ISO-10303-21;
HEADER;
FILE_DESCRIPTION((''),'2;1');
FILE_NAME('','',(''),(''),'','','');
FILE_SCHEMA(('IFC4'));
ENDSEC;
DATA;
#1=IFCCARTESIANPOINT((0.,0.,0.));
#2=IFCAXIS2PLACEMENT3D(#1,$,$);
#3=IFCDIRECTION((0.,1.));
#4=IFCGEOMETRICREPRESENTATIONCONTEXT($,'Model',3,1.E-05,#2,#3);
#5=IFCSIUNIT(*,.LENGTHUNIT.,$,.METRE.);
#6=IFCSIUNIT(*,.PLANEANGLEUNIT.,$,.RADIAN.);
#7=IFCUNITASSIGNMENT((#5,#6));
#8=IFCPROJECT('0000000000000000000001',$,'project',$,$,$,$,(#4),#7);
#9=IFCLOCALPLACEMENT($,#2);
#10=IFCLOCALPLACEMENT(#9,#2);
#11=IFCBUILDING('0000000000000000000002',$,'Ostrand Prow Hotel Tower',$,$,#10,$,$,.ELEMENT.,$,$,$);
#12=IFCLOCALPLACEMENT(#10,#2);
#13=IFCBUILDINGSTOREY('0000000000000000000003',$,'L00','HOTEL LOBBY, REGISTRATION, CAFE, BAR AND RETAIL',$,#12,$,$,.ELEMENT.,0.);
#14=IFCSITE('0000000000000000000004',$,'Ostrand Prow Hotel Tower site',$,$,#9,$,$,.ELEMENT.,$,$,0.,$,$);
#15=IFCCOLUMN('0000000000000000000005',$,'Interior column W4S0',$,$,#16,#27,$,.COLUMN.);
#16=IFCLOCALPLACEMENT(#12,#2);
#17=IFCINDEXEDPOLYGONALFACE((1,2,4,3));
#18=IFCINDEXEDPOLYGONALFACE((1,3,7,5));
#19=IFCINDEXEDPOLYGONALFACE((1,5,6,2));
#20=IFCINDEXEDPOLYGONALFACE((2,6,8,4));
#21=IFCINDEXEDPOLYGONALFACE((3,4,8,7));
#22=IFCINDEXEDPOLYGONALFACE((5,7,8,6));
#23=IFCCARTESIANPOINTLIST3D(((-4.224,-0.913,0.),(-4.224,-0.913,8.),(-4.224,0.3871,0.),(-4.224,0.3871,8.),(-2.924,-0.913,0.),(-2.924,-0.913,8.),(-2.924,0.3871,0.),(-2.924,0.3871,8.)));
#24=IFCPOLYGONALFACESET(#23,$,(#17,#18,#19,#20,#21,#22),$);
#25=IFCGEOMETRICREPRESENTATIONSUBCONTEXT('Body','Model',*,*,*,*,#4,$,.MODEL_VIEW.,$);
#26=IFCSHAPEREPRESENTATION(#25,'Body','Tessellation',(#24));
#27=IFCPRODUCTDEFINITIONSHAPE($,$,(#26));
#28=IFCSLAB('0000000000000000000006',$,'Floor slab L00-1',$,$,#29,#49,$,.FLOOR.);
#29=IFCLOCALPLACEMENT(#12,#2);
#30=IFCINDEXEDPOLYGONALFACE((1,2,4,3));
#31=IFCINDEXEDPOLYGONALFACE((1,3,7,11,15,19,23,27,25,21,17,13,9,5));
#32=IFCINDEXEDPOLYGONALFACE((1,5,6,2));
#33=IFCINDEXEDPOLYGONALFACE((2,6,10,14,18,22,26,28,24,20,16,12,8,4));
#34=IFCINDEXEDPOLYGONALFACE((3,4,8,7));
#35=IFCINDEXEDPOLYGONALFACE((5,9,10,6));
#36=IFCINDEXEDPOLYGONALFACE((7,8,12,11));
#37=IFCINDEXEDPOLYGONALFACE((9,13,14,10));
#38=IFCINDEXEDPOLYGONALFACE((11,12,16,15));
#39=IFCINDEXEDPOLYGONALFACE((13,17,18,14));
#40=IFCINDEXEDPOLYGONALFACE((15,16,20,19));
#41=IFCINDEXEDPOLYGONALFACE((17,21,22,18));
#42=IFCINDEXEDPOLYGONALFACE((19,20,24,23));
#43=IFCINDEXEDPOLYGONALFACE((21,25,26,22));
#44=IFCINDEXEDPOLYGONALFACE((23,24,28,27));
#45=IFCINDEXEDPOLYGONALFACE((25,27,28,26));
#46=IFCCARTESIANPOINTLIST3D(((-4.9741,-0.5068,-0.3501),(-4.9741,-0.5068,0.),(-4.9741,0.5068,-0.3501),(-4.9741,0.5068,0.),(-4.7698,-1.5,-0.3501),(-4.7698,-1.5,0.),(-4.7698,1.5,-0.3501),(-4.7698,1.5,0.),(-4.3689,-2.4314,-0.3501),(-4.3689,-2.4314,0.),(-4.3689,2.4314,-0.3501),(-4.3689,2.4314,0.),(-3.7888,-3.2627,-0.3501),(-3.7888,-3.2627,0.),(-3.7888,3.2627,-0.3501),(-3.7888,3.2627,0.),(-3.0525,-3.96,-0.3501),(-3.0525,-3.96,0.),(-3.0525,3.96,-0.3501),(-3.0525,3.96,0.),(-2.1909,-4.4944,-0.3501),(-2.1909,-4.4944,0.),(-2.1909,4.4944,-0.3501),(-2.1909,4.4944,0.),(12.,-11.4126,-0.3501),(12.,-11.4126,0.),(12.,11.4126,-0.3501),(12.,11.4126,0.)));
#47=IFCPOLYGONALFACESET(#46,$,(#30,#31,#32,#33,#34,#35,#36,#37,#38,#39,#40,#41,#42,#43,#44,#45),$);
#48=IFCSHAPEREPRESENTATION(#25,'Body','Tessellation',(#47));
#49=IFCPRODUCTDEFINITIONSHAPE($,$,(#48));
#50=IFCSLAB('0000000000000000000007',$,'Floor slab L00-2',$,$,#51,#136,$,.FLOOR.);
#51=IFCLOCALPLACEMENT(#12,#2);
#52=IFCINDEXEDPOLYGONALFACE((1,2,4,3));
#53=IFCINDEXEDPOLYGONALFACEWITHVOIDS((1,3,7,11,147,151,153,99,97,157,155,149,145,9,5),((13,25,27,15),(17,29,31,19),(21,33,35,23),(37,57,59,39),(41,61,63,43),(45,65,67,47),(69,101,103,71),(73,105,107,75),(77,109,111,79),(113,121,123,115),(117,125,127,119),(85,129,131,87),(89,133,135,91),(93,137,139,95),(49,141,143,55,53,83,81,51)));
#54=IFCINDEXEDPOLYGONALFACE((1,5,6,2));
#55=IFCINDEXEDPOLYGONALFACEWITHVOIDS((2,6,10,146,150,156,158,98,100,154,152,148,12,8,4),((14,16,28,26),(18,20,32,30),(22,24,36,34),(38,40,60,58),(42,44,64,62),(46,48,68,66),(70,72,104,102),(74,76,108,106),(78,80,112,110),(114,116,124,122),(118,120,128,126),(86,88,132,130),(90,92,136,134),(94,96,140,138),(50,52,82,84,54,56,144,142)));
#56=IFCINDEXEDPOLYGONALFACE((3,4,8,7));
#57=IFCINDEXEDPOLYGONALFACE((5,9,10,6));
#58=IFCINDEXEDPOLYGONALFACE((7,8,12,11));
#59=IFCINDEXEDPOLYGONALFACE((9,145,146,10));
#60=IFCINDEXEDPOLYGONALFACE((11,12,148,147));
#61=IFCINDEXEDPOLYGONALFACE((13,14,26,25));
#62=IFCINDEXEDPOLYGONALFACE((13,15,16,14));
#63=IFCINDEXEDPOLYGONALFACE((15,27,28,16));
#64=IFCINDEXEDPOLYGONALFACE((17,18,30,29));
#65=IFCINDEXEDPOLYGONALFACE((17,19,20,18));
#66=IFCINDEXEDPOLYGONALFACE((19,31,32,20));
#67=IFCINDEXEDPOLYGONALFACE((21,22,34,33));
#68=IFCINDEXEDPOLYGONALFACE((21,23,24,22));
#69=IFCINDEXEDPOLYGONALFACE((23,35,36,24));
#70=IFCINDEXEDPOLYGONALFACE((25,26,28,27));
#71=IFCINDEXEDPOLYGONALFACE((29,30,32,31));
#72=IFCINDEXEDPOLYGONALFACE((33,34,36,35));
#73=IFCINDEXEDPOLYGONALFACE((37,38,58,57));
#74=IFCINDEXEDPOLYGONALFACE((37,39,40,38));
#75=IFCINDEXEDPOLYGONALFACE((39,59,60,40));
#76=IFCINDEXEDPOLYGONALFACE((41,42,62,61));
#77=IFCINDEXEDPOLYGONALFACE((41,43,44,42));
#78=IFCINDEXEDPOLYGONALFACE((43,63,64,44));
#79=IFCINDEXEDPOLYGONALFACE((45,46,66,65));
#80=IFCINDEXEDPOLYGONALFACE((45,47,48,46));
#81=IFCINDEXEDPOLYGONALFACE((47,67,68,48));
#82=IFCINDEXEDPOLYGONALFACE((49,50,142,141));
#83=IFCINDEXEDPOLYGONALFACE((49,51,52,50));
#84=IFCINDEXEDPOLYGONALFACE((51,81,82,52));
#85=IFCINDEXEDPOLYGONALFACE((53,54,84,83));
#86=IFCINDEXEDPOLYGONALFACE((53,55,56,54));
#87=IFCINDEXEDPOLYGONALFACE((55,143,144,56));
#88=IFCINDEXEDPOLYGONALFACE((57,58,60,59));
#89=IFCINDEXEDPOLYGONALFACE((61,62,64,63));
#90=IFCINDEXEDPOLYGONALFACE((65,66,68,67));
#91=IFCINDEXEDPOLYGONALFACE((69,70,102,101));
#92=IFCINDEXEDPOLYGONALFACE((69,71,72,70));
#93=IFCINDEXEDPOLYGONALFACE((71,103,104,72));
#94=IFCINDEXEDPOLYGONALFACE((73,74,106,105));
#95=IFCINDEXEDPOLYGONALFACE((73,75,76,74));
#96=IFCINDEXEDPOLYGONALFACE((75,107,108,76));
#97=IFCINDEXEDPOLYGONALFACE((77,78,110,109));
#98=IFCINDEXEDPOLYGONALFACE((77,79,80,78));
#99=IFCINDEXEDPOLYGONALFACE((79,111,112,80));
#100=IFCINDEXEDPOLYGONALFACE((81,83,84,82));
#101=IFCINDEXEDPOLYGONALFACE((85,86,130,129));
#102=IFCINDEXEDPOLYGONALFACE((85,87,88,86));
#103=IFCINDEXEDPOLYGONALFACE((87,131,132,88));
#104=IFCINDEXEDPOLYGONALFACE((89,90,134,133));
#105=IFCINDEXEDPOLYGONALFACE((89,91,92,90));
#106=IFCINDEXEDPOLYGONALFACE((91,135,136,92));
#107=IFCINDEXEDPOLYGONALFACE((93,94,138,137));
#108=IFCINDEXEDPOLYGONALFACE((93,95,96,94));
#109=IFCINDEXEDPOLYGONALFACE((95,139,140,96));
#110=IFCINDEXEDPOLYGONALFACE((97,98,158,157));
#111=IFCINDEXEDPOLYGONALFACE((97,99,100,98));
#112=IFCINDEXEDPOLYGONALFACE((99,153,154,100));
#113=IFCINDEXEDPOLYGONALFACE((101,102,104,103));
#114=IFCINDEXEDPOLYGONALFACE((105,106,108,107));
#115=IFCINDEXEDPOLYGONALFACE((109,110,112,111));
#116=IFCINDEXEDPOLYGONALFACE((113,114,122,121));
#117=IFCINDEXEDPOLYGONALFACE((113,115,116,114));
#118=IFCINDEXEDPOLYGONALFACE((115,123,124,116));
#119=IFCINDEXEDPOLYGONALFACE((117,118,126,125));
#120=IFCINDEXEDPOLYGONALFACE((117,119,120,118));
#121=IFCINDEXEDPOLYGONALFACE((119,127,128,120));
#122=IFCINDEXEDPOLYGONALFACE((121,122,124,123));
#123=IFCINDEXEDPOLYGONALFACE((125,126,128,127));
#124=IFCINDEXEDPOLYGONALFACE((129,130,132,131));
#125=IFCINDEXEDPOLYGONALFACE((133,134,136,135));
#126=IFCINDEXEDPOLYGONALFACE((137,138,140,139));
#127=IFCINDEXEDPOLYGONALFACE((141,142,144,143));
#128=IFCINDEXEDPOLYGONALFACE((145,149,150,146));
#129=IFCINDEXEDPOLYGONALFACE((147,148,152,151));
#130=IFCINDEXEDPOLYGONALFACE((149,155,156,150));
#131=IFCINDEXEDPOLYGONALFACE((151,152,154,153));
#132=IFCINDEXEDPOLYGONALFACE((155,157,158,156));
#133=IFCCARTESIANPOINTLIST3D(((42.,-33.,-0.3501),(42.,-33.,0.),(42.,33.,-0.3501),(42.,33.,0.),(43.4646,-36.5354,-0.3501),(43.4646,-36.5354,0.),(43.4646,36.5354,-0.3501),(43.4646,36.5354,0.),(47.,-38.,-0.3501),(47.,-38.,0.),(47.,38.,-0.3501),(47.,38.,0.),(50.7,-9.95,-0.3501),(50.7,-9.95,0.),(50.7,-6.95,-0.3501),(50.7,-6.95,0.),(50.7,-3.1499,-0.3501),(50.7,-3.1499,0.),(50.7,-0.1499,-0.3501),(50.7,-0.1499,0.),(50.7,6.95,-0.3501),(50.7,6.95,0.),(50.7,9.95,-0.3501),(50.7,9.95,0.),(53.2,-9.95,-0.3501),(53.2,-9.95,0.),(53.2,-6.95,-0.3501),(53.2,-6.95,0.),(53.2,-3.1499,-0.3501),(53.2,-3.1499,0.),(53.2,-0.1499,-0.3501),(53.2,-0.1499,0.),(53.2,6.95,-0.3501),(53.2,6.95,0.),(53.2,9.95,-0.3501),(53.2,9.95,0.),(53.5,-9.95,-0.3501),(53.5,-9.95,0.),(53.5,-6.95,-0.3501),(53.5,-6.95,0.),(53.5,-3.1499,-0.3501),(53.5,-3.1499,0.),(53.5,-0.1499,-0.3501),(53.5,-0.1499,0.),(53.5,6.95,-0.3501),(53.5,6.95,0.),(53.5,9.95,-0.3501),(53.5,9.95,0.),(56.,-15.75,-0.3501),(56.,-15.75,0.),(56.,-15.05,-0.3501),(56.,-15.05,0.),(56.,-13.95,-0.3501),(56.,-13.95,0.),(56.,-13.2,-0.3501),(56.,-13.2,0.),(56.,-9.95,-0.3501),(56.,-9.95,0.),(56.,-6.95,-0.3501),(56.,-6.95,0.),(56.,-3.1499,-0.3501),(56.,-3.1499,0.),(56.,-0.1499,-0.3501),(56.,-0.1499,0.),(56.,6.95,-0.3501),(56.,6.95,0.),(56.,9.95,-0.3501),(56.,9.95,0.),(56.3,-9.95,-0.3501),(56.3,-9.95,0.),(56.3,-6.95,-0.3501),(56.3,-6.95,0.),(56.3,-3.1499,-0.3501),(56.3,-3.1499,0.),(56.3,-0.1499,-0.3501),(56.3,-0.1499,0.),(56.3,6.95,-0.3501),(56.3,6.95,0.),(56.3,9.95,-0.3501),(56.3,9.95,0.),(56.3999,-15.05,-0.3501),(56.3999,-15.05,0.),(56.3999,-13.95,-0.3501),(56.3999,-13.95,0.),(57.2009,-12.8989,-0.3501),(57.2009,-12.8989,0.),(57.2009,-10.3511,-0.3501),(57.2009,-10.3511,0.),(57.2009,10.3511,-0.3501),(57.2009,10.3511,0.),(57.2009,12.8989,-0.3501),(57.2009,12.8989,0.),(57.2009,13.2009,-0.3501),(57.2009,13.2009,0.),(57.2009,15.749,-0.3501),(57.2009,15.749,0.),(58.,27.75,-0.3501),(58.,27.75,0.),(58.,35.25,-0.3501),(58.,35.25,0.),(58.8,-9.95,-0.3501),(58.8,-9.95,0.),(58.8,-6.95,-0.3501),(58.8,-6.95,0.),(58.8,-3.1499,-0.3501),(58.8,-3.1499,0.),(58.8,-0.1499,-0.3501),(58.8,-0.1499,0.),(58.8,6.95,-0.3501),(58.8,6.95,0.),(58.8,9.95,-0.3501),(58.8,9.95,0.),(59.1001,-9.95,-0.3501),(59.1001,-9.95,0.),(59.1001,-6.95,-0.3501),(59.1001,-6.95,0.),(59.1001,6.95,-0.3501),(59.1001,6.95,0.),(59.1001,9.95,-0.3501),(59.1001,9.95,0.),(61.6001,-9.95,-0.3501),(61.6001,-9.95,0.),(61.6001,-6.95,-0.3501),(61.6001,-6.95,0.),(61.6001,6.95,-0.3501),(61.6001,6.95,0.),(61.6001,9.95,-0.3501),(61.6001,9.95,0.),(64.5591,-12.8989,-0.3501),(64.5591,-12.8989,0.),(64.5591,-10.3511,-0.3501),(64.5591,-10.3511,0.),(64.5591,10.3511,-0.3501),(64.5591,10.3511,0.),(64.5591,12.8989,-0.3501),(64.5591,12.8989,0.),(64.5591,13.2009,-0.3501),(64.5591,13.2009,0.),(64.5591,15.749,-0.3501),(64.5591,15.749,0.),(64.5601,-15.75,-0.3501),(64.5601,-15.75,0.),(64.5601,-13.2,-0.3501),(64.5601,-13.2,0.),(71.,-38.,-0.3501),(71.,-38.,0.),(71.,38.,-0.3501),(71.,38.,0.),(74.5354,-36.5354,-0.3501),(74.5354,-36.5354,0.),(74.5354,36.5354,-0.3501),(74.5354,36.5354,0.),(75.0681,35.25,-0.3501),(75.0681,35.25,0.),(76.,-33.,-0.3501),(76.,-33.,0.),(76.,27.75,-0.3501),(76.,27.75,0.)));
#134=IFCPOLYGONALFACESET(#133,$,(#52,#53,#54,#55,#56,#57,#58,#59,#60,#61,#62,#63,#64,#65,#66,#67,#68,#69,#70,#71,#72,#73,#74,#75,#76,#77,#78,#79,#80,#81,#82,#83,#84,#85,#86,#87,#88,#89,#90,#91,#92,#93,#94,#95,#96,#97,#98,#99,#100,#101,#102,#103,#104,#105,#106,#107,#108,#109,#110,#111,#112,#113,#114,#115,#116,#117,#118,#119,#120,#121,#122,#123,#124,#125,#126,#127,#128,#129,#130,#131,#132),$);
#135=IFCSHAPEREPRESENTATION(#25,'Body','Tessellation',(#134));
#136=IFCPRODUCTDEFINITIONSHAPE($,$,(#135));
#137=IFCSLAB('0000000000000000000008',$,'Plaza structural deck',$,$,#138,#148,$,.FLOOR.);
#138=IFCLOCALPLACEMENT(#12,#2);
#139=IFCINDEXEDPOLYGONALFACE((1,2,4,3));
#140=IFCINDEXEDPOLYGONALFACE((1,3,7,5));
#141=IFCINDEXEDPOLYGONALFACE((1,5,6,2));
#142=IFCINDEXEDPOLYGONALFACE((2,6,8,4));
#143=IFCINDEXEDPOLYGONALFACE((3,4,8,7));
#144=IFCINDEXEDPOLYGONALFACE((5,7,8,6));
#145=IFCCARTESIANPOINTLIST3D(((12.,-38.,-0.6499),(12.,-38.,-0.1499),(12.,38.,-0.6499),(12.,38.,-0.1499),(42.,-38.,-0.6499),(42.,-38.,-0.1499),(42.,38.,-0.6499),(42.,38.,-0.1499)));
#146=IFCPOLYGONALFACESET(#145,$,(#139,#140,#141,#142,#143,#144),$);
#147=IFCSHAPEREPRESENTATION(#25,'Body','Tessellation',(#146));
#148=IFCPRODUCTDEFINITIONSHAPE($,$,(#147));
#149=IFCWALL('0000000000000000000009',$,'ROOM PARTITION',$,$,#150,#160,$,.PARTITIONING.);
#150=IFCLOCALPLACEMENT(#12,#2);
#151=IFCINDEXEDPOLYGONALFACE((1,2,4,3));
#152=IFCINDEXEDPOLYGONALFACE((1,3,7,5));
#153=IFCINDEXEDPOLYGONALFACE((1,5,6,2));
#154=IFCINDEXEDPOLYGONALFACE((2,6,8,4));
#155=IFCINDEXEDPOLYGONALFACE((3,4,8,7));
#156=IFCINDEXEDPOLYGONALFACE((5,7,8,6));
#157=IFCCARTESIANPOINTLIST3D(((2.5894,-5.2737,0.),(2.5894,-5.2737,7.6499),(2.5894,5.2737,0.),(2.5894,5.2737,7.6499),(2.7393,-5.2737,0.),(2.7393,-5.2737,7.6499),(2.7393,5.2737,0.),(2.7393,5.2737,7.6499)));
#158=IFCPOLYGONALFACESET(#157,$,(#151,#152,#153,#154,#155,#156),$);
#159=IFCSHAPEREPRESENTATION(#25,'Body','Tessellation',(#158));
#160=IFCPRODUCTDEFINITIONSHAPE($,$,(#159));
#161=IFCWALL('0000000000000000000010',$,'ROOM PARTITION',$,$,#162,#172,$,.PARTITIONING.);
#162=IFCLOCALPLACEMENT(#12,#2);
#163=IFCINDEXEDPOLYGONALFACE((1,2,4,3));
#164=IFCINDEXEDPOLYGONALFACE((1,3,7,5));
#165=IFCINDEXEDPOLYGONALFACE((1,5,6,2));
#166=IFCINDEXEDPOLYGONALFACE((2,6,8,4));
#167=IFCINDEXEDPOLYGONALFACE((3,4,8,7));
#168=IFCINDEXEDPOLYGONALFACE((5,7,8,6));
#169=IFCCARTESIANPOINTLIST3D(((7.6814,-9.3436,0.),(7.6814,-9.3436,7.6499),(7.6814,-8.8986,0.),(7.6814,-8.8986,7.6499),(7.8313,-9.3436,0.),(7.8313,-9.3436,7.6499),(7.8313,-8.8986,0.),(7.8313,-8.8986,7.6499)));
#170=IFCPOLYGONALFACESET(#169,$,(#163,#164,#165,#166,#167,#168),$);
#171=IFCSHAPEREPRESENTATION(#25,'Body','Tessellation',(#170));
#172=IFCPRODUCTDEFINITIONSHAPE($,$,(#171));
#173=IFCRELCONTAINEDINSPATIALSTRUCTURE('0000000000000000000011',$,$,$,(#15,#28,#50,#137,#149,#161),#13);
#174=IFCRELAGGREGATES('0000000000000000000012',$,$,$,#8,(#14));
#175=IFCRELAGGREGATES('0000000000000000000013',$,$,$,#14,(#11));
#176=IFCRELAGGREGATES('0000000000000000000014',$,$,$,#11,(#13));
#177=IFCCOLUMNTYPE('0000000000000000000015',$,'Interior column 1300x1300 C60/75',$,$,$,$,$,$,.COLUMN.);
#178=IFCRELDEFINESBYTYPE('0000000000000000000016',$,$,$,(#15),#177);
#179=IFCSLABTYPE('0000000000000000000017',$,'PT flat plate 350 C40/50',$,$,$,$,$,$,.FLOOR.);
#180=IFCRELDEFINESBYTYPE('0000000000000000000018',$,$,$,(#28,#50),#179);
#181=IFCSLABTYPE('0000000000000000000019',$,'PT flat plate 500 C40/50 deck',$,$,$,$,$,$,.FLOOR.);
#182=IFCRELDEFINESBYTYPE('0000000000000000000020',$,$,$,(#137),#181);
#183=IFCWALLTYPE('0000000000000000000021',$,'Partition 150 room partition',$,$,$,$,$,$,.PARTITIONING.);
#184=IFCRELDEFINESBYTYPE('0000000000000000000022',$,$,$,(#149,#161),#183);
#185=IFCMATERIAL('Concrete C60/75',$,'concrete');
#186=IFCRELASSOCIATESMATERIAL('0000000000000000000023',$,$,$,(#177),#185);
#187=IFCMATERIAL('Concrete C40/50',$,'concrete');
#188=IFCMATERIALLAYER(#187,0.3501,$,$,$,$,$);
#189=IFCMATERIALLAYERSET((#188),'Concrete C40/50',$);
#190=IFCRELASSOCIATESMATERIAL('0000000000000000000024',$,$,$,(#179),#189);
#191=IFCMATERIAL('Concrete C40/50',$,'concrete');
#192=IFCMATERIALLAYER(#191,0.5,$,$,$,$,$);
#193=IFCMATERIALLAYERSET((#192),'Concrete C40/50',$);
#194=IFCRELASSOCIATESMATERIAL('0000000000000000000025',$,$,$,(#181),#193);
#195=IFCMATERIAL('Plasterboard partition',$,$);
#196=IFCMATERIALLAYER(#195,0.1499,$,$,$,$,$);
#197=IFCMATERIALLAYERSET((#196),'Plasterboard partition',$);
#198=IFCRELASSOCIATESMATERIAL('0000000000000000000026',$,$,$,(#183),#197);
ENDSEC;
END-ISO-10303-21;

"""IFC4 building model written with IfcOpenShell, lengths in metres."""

from ifc_helpers import new_model, si_unit, direction, frame, frame_2d, origin, origin_2d, place, context, subcontext, project, spatial, polyline, rectangle, outline, extrude, material, layer, layer_set, material_profile, profile_set, type_object, element, save


model = new_model("IFC4")

# Units and contexts
model_context = context("Model", 3, precision=1e-05, world=origin(), true_north=direction((0.0, 1.0)))
body_context = subcontext(model_context, "Body", "Model", "MODEL_VIEW")
ifc_project = project(units=[si_unit("LENGTHUNIT", "METRE"), si_unit("PLANEANGLEUNIT", "RADIAN")], contexts=[model_context])

# Site, building, storey
site_placement = place(None, origin())
site = spatial("IfcSite", under=ifc_project, at=site_placement, Name="Ostrand Prow Hotel Tower site", CompositionType="ELEMENT", RefElevation=0.0)
building_placement = place(site_placement, origin())
building = spatial("IfcBuilding", under=site, at=building_placement, Name="Ostrand Prow Hotel Tower", CompositionType="ELEMENT")
storey_placement = place(building_placement, origin())
storey = spatial("IfcBuildingStorey", under=building, at=storey_placement, Name="L00", Description="HOTEL LOBBY, REGISTRATION, CAFE, BAR AND RETAIL", CompositionType="ELEMENT", Elevation=0.0)

# Column
ifc_material_1 = material(Name="Concrete C60/75", Category="concrete")
ifc_material_profile = material_profile(ifc_material_1, rectangle(XDim=1.3, YDim=1.3, at=origin_2d()), Name="RC 1300x1300")
ifc_profile_set = profile_set([ifc_material_profile], Name="Concrete C60/75")
column_type = type_object("IfcColumnType", Name="Interior column 1300x1300 C60/75", PredefinedType="COLUMN", material=ifc_profile_set)
column_placement = place(storey_placement, frame((-3.574, -0.2629, 0.0), z_axis=(0.0, 0.0, 1.0), x_axis=(1.0, 0.0, 0.0)))
element("IfcColumn", 1, at=column_placement, inside=storey, type_object=column_type, Name="Interior column W4S0", PredefinedType="COLUMN", context=body_context, shape_type="SweptSolid", body=[
    extrude(rectangle(XDim=1.3, YDim=1.3, at=origin_2d()), origin(), (0.0, 0.0, 1.0), 8.0),
])

# Slab
ifc_material_2 = material(Name="Concrete C40/50", Category="concrete")
ifc_layer_1 = layer(ifc_material_2, 0.3501)
ifc_layer_set_1 = layer_set([ifc_layer_1], Name="Concrete C40/50")
slab_type_1 = type_object("IfcSlabType", Name="PT flat plate 350 C40/50", PredefinedType="FLOOR", material=ifc_layer_set_1)
slab_1_placement = place(storey_placement, frame((0.0, 0.0, -0.3501)))
element("IfcSlab", 2, at=slab_1_placement, inside=storey, type_object=slab_type_1, Name="Floor slab L00-1", PredefinedType="FLOOR", context=body_context, shape_type="SweptSolid", body=[
    extrude(outline(polyline([(-2.1909, -4.4944), (-3.0525, -3.96), (-3.7888, -3.2627), (-4.3689, -2.4314), (-4.7698, -1.5), (-4.9741, -0.5068), (-4.9741, 0.5068), (-4.7698, 1.5), (-4.3689, 2.4314), (-3.7888, 3.2627), (-3.0525, 3.96), (-2.1909, 4.4944), (12.0, 11.4126), (12.0, -11.4126), (-2.1909, -4.4944)])), origin(), (0.0, 0.0, 1.0), 0.3501),
])

# Slab, opening
slab_2_placement = place(storey_placement, frame((0.0, 0.0, -0.3501)))
slab_2 = element("IfcSlab", 3, at=slab_2_placement, inside=storey, type_object=slab_type_1, Name="Floor slab L00-2", PredefinedType="FLOOR", context=body_context, shape_type="SweptSolid", body=[
    extrude(outline(polyline([(43.4646, -36.5354), (42.0, -33.0), (42.0, 33.0), (43.4646, 36.5354), (47.0, 38.0), (71.0, 38.0), (74.5354, 36.5354), (75.0681, 35.25), (58.0, 35.25), (58.0, 27.75), (76.0, 27.75), (76.0, -33.0), (74.5354, -36.5354), (71.0, -38.0), (47.0, -38.0), (43.4646, -36.5354)]), holes=[polyline([(50.7, 6.95), (53.2, 6.95), (53.2, 9.95), (50.7, 9.95), (50.7, 6.95)]), polyline([(53.5, 6.95), (56.0, 6.95), (56.0, 9.95), (53.5, 9.95), (53.5, 6.95)]), polyline([(56.3, 6.95), (58.8, 6.95), (58.8, 9.95), (56.3, 9.95), (56.3, 6.95)]), polyline([(59.1001, 6.95), (61.6001, 6.95), (61.6001, 9.95), (59.1001, 9.95), (59.1001, 6.95)]), polyline([(50.7, -3.1499), (53.2, -3.1499), (53.2, -0.1499), (50.7, -0.1499), (50.7, -3.1499)]), polyline([(53.5, -3.1499), (56.0, -3.1499), (56.0, -0.1499), (53.5, -0.1499), (53.5, -3.1499)]), polyline([(56.3, -3.1499), (58.8, -3.1499), (58.8, -0.1499), (56.3, -0.1499), (56.3, -3.1499)]), polyline([(50.7, -9.95), (53.2, -9.95), (53.2, -6.95), (50.7, -6.95), (50.7, -9.95)]), polyline([(53.5, -9.95), (56.0, -9.95), (56.0, -6.95), (53.5, -6.95), (53.5, -9.95)]), polyline([(56.3, -9.95), (58.8, -9.95), (58.8, -6.95), (56.3, -6.95), (56.3, -9.95)]), polyline([(59.1001, -9.95), (61.6001, -9.95), (61.6001, -6.95), (59.1001, -6.95), (59.1001, -9.95)]), polyline([(57.2009, 10.3511), (57.2009, 12.8989), (64.5591, 12.8989), (64.5591, 10.3511), (57.2009, 10.3511)]), polyline([(57.2009, 13.2009), (57.2009, 15.749), (64.5591, 15.749), (64.5591, 13.2009), (57.2009, 13.2009)]), polyline([(57.2009, -12.8989), (57.2009, -10.3511), (64.5591, -10.3511), (64.5591, -12.8989), (57.2009, -12.8989)]), polyline([(56.0, -13.2), (64.5601, -13.2), (64.5601, -15.75), (56.0, -15.75), (56.0, -15.05), (56.3999, -15.05), (56.3999, -13.95), (56.0, -13.95), (56.0, -13.2)])]), origin(), (0.0, 0.0, 1.0), 0.3501),
])
opening_1_placement = place(slab_2_placement, origin())
element("IfcOpeningElement", 4, at=opening_1_placement, cuts=slab_2, PredefinedType="OPENING", context=body_context, shape_type="SweptSolid", body=[
    extrude(outline(polyline([(56.0, -13.2), (64.5601, -13.2), (64.5601, -15.75), (56.0, -15.75), (56.0, -15.05), (56.3999, -15.05), (56.3999, -13.95), (56.0, -13.95), (56.0, -13.2)])), origin(), (0.0, 0.0, 1.0), 0.3501),
])

# Slab
ifc_material_3 = material(Name="Concrete C40/50", Category="concrete")
ifc_layer_2 = layer(ifc_material_3, 0.5)
ifc_layer_set_2 = layer_set([ifc_layer_2], Name="Concrete C40/50")
slab_type_2 = type_object("IfcSlabType", Name="PT flat plate 500 C40/50 deck", PredefinedType="FLOOR", material=ifc_layer_set_2)
slab_3_placement = place(storey_placement, frame((0.0, 0.0, -0.6499)))
element("IfcSlab", 5, at=slab_3_placement, inside=storey, type_object=slab_type_2, Name="Plaza structural deck", PredefinedType="FLOOR", context=body_context, shape_type="SweptSolid", body=[
    extrude(outline(polyline([(42.0, -38.0), (42.0, 38.0), (12.0, 38.0), (12.0, -38.0), (42.0, -38.0)])), origin(), (0.0, 0.0, 1.0), 0.5),
])

# Walls
ifc_material_4 = material(Name="Plasterboard partition")
ifc_layer_3 = layer(ifc_material_4, 0.1499)
ifc_layer_set_3 = layer_set([ifc_layer_3], Name="Plasterboard partition")
wall_type_1 = type_object("IfcWallType", Name="Partition 150 room partition", PredefinedType="PARTITIONING", material=ifc_layer_set_3)
wall_1_placement = place(storey_placement, frame((2.6643, -5.2737, 0.0), z_axis=(0.0, 0.0, 1.0), x_axis=(0.0, 1.0, 0.0)))
element("IfcWall", 6, at=wall_1_placement, inside=storey, type_object=wall_type_1, Name="ROOM PARTITION", PredefinedType="PARTITIONING", context=body_context, shape_type="SweptSolid", body=[
    extrude(rectangle(XDim=10.5474, YDim=0.1499, at=frame_2d((5.2737, 0.0))), origin(), (0.0, 0.0, 1.0), 7.6499),
])
wall_2_placement = place(storey_placement, frame((7.7563, -9.3438, 0.0), z_axis=(0.0, 0.0, 1.0), x_axis=(0.0, 1.0, 0.0)))
element("IfcWall", 7, at=wall_2_placement, inside=storey, type_object=wall_type_1, Name="ROOM PARTITION", PredefinedType="PARTITIONING", context=body_context, shape_type="SweptSolid", body=[
    extrude(rectangle(XDim=0.4451, YDim=0.1499, at=frame_2d((0.2227, 0.0))), origin(), (0.0, 0.0, 1.0), 7.6499),
])

save(model, "model.ifc")
